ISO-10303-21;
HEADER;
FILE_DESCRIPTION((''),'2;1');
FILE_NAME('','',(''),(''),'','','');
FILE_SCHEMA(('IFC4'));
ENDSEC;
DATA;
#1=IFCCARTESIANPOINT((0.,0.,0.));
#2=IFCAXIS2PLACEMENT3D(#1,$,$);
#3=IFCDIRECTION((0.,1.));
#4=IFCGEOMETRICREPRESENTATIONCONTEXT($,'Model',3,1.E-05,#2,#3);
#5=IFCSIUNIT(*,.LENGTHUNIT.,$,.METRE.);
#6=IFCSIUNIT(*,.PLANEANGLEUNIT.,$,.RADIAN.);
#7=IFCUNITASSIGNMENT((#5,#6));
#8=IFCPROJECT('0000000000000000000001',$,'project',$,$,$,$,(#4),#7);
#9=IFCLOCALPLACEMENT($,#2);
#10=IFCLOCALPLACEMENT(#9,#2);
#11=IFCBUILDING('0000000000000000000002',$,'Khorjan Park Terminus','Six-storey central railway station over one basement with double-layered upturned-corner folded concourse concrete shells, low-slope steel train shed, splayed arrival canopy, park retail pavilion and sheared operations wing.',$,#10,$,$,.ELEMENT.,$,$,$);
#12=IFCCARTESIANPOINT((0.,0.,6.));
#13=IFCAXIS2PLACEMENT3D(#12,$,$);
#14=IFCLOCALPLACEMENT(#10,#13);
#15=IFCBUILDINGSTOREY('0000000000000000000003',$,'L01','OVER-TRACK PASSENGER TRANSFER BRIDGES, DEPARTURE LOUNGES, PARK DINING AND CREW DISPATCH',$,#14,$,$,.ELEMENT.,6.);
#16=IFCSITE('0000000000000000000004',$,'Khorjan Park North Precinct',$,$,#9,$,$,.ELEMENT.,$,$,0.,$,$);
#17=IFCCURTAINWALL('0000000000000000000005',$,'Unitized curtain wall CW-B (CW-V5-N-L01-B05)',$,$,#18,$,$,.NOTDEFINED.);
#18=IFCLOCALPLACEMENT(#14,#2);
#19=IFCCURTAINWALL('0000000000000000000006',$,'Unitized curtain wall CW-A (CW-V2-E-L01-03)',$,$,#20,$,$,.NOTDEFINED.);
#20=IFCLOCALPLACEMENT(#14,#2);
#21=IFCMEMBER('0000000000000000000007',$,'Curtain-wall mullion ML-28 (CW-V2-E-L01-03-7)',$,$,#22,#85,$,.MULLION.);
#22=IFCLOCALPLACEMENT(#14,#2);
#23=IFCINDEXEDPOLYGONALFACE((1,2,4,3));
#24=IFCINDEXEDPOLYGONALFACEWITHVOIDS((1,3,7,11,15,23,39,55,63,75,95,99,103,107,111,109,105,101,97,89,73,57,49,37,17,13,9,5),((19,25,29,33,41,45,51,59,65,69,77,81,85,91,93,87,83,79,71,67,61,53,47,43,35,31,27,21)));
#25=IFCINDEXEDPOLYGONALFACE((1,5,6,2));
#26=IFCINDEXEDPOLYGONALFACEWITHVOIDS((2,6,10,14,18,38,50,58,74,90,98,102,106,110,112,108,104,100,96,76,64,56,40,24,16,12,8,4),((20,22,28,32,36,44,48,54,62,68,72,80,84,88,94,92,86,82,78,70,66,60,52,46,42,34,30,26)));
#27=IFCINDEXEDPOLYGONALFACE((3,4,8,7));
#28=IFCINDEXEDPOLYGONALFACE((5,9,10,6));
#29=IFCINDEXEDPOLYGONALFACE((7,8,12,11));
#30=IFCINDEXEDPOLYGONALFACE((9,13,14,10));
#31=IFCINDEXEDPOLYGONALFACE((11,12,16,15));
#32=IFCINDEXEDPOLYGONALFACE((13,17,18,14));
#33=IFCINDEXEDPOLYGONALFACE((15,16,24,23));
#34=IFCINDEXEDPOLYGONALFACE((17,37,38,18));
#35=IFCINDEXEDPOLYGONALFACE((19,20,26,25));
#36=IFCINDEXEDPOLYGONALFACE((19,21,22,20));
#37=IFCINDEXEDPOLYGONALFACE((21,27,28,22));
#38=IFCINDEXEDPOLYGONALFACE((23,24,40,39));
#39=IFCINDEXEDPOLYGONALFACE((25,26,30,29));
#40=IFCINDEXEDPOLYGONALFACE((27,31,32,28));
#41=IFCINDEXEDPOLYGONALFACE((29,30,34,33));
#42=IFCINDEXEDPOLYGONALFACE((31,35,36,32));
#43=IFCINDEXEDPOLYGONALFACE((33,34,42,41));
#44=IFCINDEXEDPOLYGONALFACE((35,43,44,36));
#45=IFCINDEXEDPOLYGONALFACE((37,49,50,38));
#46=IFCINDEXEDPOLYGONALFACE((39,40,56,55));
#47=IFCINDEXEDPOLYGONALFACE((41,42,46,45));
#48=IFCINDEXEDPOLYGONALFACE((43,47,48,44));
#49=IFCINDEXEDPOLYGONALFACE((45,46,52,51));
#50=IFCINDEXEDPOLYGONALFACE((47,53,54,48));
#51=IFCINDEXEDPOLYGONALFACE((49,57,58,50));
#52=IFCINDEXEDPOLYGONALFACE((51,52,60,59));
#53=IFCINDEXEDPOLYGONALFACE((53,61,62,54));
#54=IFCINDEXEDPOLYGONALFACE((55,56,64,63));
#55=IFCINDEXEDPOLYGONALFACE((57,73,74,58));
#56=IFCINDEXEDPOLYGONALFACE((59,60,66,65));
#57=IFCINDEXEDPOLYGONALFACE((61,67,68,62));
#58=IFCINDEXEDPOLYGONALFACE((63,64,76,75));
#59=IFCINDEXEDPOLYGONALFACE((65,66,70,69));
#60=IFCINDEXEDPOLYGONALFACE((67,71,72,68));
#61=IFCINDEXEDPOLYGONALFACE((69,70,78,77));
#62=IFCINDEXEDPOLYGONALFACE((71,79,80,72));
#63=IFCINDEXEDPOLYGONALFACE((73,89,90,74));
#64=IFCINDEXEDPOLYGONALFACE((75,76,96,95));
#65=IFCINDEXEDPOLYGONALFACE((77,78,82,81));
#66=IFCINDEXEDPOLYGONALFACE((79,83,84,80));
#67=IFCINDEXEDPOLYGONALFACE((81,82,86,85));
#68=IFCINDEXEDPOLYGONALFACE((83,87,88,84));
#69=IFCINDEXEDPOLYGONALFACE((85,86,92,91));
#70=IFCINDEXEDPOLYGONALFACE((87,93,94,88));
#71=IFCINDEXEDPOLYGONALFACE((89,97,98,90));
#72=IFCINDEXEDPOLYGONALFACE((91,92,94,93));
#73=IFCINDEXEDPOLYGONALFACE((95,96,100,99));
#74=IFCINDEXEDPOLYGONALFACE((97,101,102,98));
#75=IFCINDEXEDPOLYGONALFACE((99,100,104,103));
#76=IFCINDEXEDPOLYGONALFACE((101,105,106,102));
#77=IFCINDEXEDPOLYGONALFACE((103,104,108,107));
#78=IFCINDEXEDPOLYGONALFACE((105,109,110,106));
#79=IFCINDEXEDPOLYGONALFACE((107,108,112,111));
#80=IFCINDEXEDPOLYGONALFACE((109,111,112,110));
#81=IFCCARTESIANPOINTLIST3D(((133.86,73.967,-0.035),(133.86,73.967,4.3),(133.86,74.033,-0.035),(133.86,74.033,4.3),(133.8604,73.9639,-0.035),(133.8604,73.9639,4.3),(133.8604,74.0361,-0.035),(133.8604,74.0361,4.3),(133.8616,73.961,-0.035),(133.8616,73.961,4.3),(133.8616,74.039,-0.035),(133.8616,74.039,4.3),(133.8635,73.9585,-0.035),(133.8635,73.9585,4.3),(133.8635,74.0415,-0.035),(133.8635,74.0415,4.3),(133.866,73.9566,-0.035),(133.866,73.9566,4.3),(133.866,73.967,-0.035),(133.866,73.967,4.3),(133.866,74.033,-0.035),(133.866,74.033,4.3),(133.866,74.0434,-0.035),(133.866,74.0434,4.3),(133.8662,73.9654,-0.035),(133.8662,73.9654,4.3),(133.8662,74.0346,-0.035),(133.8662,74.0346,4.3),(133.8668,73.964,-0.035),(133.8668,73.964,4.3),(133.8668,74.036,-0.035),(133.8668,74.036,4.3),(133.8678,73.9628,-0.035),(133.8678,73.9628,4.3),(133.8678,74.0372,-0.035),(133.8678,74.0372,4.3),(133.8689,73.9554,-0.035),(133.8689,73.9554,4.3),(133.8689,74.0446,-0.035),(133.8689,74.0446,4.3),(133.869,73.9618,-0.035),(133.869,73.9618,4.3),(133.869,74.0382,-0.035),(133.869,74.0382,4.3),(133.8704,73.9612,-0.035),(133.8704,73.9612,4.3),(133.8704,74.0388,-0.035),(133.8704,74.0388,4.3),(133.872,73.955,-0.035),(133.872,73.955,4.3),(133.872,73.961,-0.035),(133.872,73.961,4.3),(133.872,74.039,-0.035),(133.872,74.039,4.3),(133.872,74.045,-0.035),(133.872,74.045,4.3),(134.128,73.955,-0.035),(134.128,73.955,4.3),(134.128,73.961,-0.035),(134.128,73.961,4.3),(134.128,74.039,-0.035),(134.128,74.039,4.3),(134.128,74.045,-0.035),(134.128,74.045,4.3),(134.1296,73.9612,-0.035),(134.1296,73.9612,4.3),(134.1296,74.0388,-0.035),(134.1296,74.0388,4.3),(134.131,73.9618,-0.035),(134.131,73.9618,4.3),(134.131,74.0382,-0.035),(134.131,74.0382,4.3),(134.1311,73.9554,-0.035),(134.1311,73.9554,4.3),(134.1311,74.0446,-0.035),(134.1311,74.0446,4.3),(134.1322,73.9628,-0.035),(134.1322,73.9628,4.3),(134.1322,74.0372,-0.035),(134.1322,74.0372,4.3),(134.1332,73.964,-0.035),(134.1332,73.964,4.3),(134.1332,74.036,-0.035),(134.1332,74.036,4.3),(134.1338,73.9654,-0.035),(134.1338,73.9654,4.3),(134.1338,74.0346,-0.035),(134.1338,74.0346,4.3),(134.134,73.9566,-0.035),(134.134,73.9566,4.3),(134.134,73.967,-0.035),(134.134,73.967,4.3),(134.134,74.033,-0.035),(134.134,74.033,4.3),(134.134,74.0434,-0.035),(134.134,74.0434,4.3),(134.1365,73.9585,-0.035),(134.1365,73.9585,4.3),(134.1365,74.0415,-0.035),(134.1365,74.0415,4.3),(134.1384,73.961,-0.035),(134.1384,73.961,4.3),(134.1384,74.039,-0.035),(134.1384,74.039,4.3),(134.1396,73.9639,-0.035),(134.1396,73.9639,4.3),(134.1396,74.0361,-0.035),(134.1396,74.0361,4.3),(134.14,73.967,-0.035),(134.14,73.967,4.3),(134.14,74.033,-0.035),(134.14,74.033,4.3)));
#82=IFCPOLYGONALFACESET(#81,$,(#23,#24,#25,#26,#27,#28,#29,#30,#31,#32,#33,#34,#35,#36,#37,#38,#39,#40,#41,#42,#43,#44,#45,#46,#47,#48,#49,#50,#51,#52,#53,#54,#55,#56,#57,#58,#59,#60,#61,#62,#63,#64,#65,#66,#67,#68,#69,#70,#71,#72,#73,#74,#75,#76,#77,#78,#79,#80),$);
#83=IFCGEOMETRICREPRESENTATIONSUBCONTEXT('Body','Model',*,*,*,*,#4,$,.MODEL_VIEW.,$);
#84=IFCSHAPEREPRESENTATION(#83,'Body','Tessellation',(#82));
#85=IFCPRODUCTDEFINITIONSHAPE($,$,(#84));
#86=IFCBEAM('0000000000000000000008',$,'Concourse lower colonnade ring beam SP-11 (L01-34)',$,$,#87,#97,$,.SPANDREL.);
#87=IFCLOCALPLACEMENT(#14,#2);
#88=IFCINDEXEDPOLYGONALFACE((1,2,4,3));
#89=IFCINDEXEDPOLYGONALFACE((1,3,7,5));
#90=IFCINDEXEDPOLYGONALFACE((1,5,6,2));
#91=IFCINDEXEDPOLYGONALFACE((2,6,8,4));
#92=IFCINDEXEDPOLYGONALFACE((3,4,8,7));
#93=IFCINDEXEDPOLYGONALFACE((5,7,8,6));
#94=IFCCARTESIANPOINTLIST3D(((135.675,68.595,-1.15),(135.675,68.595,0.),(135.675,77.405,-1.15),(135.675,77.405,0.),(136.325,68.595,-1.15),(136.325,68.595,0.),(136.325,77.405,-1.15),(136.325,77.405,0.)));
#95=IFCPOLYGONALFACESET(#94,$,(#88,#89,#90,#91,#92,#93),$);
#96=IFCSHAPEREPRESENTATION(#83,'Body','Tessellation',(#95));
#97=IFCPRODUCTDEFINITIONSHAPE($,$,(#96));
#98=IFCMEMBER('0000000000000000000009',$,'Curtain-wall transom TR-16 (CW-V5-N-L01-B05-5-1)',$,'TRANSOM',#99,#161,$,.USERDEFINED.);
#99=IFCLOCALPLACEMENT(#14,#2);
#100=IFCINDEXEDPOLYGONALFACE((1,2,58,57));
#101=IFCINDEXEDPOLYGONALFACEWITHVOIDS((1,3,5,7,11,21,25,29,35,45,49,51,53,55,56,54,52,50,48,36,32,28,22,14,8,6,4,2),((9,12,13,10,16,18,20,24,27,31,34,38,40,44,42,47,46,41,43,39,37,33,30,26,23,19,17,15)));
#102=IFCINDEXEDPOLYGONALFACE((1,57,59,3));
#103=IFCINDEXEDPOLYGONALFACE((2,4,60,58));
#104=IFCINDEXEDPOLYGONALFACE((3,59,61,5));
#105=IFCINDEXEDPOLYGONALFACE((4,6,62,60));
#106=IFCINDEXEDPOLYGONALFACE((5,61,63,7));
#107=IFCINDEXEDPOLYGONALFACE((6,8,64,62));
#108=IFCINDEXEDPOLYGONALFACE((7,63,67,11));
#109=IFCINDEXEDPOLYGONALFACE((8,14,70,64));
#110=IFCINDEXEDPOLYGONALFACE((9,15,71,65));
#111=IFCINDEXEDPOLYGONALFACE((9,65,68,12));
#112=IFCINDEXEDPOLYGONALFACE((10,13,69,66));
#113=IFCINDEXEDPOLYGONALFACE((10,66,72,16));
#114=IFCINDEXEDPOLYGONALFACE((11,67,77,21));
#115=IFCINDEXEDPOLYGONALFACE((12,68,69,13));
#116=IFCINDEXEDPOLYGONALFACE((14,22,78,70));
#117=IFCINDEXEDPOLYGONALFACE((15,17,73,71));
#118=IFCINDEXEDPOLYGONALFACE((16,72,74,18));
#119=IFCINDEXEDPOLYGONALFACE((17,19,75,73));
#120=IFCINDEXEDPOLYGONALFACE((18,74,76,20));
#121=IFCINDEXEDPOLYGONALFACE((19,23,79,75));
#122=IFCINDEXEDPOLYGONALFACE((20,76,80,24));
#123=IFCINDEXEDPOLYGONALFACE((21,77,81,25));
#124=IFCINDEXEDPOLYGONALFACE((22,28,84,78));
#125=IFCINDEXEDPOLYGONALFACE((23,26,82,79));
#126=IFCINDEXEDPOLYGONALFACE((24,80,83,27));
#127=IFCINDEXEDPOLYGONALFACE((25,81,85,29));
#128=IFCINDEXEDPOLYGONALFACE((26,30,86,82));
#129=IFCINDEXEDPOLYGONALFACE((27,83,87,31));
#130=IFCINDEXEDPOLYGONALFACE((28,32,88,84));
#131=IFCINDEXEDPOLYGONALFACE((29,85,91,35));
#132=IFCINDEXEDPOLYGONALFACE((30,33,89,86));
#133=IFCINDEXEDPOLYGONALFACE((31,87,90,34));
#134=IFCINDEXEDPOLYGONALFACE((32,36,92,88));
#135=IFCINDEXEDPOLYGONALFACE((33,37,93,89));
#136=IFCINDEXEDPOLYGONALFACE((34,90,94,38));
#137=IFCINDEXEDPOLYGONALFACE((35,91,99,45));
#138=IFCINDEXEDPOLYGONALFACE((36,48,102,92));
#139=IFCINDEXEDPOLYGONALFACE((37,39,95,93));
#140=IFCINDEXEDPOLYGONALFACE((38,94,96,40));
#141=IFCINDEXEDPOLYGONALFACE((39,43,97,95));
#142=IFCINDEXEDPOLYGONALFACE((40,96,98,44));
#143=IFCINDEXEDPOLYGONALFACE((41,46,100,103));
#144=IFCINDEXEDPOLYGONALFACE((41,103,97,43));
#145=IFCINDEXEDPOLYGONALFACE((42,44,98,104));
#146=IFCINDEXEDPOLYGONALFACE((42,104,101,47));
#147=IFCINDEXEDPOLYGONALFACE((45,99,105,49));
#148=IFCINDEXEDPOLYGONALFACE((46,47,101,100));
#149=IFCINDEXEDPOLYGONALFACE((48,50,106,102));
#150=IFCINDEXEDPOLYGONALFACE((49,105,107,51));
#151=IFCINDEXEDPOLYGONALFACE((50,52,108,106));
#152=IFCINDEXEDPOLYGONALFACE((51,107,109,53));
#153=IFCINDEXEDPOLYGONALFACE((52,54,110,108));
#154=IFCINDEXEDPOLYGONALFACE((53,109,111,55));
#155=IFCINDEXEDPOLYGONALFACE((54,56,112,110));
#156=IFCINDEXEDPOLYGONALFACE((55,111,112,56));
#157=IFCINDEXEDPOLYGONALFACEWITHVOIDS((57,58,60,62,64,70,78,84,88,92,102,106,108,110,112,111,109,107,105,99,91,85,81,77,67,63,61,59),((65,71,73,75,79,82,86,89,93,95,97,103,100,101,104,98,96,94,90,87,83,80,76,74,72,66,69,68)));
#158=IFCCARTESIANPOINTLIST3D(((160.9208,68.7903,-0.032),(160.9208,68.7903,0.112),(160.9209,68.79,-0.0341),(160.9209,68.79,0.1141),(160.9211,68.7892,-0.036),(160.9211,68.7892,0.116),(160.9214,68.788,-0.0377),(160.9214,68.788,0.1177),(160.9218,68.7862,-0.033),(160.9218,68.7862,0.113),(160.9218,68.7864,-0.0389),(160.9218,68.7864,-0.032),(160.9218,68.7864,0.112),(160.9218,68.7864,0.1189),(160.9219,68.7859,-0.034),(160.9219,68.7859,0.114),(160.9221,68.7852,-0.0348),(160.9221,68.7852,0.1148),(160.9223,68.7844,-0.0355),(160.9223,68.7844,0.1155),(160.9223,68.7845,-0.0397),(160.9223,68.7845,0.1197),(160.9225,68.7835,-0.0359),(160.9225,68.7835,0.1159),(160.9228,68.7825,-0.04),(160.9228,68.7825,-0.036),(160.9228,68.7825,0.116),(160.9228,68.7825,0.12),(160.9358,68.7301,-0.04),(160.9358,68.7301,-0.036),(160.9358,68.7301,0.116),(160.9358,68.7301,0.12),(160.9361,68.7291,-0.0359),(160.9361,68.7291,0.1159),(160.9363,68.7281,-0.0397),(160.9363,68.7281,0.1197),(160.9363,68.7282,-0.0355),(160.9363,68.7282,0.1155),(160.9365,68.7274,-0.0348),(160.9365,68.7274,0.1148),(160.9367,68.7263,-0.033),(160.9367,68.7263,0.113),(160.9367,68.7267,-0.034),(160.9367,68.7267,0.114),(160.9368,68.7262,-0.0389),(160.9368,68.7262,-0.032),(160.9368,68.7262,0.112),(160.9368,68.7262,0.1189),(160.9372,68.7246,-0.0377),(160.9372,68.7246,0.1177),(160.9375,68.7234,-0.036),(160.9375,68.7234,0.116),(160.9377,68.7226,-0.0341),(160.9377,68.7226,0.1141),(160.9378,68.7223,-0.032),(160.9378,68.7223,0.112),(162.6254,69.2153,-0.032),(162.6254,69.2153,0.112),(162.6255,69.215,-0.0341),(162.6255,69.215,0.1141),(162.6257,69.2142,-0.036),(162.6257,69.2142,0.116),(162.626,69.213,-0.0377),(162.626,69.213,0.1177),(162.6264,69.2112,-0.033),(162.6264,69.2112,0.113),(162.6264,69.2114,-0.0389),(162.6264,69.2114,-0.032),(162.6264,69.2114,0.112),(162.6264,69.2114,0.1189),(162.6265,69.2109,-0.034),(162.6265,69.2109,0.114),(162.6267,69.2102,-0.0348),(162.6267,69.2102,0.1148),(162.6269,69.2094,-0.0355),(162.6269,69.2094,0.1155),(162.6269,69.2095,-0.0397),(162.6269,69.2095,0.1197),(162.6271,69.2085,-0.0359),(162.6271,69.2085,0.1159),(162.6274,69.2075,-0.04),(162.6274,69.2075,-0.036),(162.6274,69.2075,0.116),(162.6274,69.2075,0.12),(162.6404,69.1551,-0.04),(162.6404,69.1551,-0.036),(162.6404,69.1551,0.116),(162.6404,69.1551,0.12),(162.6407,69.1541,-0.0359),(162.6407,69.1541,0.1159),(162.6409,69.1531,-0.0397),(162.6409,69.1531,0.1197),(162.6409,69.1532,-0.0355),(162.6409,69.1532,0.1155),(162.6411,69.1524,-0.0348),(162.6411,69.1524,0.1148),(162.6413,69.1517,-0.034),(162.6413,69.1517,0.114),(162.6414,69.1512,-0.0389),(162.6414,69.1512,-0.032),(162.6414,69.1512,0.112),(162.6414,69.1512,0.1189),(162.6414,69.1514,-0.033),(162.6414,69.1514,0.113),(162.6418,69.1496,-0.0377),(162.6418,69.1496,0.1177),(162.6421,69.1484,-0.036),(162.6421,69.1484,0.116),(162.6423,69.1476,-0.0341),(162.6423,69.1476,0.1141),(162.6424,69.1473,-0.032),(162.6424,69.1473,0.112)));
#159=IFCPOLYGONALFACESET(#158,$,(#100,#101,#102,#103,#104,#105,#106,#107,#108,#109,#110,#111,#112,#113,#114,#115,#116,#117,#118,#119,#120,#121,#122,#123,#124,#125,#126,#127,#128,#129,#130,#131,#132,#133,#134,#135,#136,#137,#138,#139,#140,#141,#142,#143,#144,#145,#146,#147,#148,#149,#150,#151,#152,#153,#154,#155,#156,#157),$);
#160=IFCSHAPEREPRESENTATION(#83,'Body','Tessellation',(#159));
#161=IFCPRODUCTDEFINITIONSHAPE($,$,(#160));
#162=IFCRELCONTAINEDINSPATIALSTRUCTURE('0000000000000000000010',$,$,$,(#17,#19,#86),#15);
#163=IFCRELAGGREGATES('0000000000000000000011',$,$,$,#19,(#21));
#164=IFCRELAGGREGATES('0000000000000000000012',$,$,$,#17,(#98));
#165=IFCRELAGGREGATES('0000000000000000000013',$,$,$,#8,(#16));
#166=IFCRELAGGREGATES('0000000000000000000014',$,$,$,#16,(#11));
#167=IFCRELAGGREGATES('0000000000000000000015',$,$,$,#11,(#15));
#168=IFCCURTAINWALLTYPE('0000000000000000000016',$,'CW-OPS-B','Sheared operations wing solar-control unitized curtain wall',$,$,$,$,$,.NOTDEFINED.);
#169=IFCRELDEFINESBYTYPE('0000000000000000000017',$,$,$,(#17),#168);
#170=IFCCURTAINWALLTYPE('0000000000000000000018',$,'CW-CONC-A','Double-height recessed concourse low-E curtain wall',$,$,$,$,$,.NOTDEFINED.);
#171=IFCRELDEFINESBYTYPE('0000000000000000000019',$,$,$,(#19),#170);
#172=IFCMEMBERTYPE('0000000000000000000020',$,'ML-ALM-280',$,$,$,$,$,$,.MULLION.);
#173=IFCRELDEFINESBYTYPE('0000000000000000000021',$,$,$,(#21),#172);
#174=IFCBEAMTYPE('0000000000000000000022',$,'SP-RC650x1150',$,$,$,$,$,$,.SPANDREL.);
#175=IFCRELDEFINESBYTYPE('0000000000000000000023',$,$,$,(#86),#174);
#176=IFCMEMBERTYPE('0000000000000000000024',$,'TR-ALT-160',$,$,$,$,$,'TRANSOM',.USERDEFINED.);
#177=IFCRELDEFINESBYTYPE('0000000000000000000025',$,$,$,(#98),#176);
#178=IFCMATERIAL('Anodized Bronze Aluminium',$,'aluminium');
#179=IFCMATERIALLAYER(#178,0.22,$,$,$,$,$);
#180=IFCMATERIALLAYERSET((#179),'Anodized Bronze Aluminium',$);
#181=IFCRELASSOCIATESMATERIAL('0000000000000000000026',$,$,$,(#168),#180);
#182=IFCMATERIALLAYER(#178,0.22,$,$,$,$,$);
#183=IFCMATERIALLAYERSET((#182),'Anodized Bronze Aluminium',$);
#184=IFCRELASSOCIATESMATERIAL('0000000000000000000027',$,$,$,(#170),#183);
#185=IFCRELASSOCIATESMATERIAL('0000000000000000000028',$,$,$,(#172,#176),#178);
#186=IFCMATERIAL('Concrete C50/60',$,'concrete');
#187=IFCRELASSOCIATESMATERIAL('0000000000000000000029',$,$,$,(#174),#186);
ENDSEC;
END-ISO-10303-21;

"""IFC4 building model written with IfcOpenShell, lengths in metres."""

from ifc_helpers import new_model, si_unit, direction, frame, origin, origin_2d, place, context, subcontext, project, spatial, rectangle, hollow_rectangle, extrude, material, layer, layer_set, material_profile, profile_set, type_object, element, aggregate, save


model = new_model("IFC4")

# Units and contexts
model_context = context("Model", 3, precision=1e-05, world=origin(), true_north=direction((0.0, 1.0)))
body_context = subcontext(model_context, "Body", "Model", "MODEL_VIEW")
ifc_project = project(units=[si_unit("LENGTHUNIT", "METRE"), si_unit("PLANEANGLEUNIT", "RADIAN")], contexts=[model_context])

# Site, building, storey
site_placement = place(None, origin())
site = spatial("IfcSite", under=ifc_project, at=site_placement, Name="Khorjan Park North Precinct", CompositionType="ELEMENT", RefElevation=0.0)
building_placement = place(site_placement, origin())
building = spatial("IfcBuilding", under=site, at=building_placement, Name="Khorjan Park Terminus", Description="Six-storey central railway station over one basement with double-layered upturned-corner folded concourse concrete shells, low-slope steel train shed, splayed arrival canopy, park retail pavilion and sheared operations wing.", CompositionType="ELEMENT")
storey_placement = place(building_placement, frame((0.0, 0.0, 6.0)))
storey = spatial("IfcBuildingStorey", under=building, at=storey_placement, Name="L01", Description="OVER-TRACK PASSENGER TRANSFER BRIDGES, DEPARTURE LOUNGES, PARK DINING AND CREW DISPATCH", CompositionType="ELEMENT", Elevation=6.0)

# Shared definitions
ifc_material_1 = material(Name="Concrete C50/60", Category="concrete")

# Curtain wall
ifc_material_2 = material(Name="Anodized Bronze Aluminium", Category="aluminium")
ifc_layer_1 = layer(ifc_material_2, 0.22)
ifc_layer_set_1 = layer_set([ifc_layer_1], Name="Anodized Bronze Aluminium")
curtain_wall_type_1 = type_object("IfcCurtainWallType", Name="CW-OPS-B", Description="Sheared operations wing solar-control unitized curtain wall", PredefinedType="NOTDEFINED", material=ifc_layer_set_1)
curtain_wall_1_placement = place(storey_placement, origin())
curtain_wall_1 = element("IfcCurtainWall", 1, at=curtain_wall_1_placement, inside=storey, type_object=curtain_wall_type_1, Name="Unitized curtain wall CW-B (CW-V5-N-L01-B05)", PredefinedType="NOTDEFINED")

# Curtain wall, member
ifc_layer_2 = layer(ifc_material_2, 0.22)
ifc_layer_set_2 = layer_set([ifc_layer_2], Name="Anodized Bronze Aluminium")
curtain_wall_type_2 = type_object("IfcCurtainWallType", Name="CW-CONC-A", Description="Double-height recessed concourse low-E curtain wall", PredefinedType="NOTDEFINED", material=ifc_layer_set_2)
curtain_wall_2_placement = place(storey_placement, origin())
curtain_wall_2 = element("IfcCurtainWall", 2, at=curtain_wall_2_placement, inside=storey, type_object=curtain_wall_type_2, Name="Unitized curtain wall CW-A (CW-V2-E-L01-03)", PredefinedType="NOTDEFINED")
ifc_material_profile_1 = material_profile(ifc_material_2, hollow_rectangle(XDim=0.09, YDim=0.28, WallThickness=0.006, InnerFilletRadius=0.006, OuterFilletRadius=0.012, at=origin_2d()), Name="ALM 90x280x6")
ifc_profile_set_1 = profile_set([ifc_material_profile_1], Name="Anodized Bronze Aluminium")
member_type_1 = type_object("IfcMemberType", Name="ML-ALM-280", PredefinedType="MULLION", material=ifc_profile_set_1)
member_1_placement = place(storey_placement, frame((134.0, 74.0, -0.035), z_axis=(0.0, 0.0, 1.0), x_axis=(0.0, 1.0, 0.0)))
member_1 = element("IfcMember", 3, at=member_1_placement, type_object=member_type_1, Name="Curtain-wall mullion ML-28 (CW-V2-E-L01-03-7)", PredefinedType="MULLION", context=body_context, shape_type="SweptSolid", body=[
    extrude(hollow_rectangle(XDim=0.09, YDim=0.28, WallThickness=0.006, InnerFilletRadius=0.006, OuterFilletRadius=0.012, at=origin_2d()), origin(), (0.0, 0.0, 1.0), 4.335),
])

# Beam
ifc_material_profile_2 = material_profile(ifc_material_1, rectangle(XDim=0.65, YDim=1.15, at=origin_2d()), Name="RC 650x1150")
ifc_profile_set_2 = profile_set([ifc_material_profile_2], Name="Concrete C50/60")
beam_type_1 = type_object("IfcBeamType", Name="SP-RC650x1150", PredefinedType="SPANDREL", material=ifc_profile_set_2)
beam_1_placement = place(storey_placement, frame((136.0, 68.595, -0.575), z_axis=(0.0, 1.0, 0.0), x_axis=(-1.0, 0.0, 0.0)))
element("IfcBeam", 4, at=beam_1_placement, inside=storey, type_object=beam_type_1, Name="Concourse lower colonnade ring beam SP-11 (L01-34)", PredefinedType="SPANDREL", context=body_context, shape_type="SweptSolid", body=[
    extrude(rectangle(XDim=0.65, YDim=1.15, at=origin_2d()), origin(), (0.0, 0.0, 1.0), 8.81),
])

# Member
ifc_material_profile_3 = material_profile(ifc_material_2, hollow_rectangle(XDim=0.07, YDim=0.16, WallThickness=0.004, InnerFilletRadius=0.004, OuterFilletRadius=0.008, at=origin_2d()), Name="ALT 70x160x4")
ifc_profile_set_3 = profile_set([ifc_material_profile_3], Name="Anodized Bronze Aluminium")
member_type_2 = type_object("IfcMemberType", Name="TR-ALT-160", ElementType="TRANSOM", PredefinedType="USERDEFINED", material=ifc_profile_set_3)
member_2_placement = place(storey_placement, frame((162.6339, 69.1813, 0.04), z_axis=(-0.970296, -0.241919, 0.0), x_axis=(0.241919, -0.970296, 0.0)))
member_2 = element("IfcMember", 5, at=member_2_placement, type_object=member_type_2, Name="Curtain-wall transom TR-16 (CW-V5-N-L01-B05-5-1)", ObjectType="TRANSOM", PredefinedType="USERDEFINED", context=body_context, shape_type="SweptSolid", body=[
    extrude(hollow_rectangle(XDim=0.07, YDim=0.16, WallThickness=0.004, InnerFilletRadius=0.004, OuterFilletRadius=0.008, at=origin_2d()), origin(), (0.0, 0.0, 1.0), 1.7568),
])

aggregate(curtain_wall_2, [member_1])
aggregate(curtain_wall_1, [member_2])

save(model, "model.ifc")
